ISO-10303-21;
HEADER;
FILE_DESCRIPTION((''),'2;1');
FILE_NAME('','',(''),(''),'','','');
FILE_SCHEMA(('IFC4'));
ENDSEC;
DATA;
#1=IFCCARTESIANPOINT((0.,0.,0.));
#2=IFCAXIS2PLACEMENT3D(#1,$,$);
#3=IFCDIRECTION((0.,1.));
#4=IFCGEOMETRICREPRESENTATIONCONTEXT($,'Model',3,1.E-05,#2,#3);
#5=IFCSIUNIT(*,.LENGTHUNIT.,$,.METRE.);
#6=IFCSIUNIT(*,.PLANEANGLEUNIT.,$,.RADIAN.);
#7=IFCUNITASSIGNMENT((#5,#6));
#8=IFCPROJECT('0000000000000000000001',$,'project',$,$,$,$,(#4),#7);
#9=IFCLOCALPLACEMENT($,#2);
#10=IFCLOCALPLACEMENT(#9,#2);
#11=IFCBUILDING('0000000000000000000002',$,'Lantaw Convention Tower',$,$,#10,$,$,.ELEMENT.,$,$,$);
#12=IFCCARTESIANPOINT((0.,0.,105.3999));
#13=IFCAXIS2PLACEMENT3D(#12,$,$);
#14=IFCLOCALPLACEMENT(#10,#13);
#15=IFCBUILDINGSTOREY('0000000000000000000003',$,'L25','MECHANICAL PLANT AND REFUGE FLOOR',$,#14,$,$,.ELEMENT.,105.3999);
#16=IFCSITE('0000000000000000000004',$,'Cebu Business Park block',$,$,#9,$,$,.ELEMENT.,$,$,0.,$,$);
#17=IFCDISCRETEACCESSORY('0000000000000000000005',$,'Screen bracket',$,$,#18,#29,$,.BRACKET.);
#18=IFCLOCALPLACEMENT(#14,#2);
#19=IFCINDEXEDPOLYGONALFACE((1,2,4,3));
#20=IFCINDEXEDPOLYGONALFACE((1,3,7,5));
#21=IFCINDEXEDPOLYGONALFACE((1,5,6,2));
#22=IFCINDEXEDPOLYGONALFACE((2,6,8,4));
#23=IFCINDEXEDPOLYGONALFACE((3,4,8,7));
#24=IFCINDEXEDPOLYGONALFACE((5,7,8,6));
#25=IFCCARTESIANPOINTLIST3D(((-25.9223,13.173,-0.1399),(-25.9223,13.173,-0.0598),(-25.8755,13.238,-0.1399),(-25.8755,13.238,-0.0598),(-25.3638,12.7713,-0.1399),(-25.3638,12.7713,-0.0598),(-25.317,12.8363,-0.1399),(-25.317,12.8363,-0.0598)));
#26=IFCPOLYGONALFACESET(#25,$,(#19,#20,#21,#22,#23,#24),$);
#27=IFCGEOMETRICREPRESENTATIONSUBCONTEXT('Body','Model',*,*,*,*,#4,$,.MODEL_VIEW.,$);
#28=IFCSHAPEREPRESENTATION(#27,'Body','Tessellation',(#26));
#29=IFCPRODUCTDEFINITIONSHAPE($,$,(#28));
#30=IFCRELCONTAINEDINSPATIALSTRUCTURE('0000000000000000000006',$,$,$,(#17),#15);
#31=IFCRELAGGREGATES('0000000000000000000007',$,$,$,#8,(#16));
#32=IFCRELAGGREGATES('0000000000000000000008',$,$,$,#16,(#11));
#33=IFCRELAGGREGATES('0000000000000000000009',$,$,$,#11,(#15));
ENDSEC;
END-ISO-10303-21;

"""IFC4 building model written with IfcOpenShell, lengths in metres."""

from ifc_helpers import new_model, si_unit, direction, frame, origin, origin_2d, place, context, subcontext, project, spatial, rectangle, extrude, element, save


model = new_model("IFC4")

# Units and contexts
model_context = context("Model", 3, precision=1e-05, world=origin(), true_north=direction((0.0, 1.0)))
body_context = subcontext(model_context, "Body", "Model", "MODEL_VIEW")
ifc_project = project(units=[si_unit("LENGTHUNIT", "METRE"), si_unit("PLANEANGLEUNIT", "RADIAN")], contexts=[model_context])

# Site, building, storey
site_placement = place(None, origin())
site = spatial("IfcSite", under=ifc_project, at=site_placement, Name="Cebu Business Park block", CompositionType="ELEMENT", RefElevation=0.0)
building_placement = place(site_placement, origin())
building = spatial("IfcBuilding", under=site, at=building_placement, Name="Lantaw Convention Tower", CompositionType="ELEMENT")
storey_placement = place(building_placement, frame((0.0, 0.0, 105.3999)))
storey = spatial("IfcBuildingStorey", under=building, at=storey_placement, Name="L25", Description="MECHANICAL PLANT AND REFUGE FLOOR", CompositionType="ELEMENT", Elevation=105.3999)

# Discrete accessory
discrete_accessory_placement = place(storey_placement, frame((-25.6196, 13.0046, -0.1399), z_axis=(0.0, 0.0, 1.0), x_axis=(-0.583951, -0.811789, 0.0)))
element("IfcDiscreteAccessory", 1, at=discrete_accessory_placement, inside=storey, Name="Screen bracket", PredefinedType="BRACKET", context=body_context, shape_type="SweptSolid", body=[
    extrude(rectangle(XDim=0.0801, YDim=0.688, at=origin_2d()), origin(), (0.0, 0.0, 1.0), 0.0801),
])

save(model, "model.ifc")
